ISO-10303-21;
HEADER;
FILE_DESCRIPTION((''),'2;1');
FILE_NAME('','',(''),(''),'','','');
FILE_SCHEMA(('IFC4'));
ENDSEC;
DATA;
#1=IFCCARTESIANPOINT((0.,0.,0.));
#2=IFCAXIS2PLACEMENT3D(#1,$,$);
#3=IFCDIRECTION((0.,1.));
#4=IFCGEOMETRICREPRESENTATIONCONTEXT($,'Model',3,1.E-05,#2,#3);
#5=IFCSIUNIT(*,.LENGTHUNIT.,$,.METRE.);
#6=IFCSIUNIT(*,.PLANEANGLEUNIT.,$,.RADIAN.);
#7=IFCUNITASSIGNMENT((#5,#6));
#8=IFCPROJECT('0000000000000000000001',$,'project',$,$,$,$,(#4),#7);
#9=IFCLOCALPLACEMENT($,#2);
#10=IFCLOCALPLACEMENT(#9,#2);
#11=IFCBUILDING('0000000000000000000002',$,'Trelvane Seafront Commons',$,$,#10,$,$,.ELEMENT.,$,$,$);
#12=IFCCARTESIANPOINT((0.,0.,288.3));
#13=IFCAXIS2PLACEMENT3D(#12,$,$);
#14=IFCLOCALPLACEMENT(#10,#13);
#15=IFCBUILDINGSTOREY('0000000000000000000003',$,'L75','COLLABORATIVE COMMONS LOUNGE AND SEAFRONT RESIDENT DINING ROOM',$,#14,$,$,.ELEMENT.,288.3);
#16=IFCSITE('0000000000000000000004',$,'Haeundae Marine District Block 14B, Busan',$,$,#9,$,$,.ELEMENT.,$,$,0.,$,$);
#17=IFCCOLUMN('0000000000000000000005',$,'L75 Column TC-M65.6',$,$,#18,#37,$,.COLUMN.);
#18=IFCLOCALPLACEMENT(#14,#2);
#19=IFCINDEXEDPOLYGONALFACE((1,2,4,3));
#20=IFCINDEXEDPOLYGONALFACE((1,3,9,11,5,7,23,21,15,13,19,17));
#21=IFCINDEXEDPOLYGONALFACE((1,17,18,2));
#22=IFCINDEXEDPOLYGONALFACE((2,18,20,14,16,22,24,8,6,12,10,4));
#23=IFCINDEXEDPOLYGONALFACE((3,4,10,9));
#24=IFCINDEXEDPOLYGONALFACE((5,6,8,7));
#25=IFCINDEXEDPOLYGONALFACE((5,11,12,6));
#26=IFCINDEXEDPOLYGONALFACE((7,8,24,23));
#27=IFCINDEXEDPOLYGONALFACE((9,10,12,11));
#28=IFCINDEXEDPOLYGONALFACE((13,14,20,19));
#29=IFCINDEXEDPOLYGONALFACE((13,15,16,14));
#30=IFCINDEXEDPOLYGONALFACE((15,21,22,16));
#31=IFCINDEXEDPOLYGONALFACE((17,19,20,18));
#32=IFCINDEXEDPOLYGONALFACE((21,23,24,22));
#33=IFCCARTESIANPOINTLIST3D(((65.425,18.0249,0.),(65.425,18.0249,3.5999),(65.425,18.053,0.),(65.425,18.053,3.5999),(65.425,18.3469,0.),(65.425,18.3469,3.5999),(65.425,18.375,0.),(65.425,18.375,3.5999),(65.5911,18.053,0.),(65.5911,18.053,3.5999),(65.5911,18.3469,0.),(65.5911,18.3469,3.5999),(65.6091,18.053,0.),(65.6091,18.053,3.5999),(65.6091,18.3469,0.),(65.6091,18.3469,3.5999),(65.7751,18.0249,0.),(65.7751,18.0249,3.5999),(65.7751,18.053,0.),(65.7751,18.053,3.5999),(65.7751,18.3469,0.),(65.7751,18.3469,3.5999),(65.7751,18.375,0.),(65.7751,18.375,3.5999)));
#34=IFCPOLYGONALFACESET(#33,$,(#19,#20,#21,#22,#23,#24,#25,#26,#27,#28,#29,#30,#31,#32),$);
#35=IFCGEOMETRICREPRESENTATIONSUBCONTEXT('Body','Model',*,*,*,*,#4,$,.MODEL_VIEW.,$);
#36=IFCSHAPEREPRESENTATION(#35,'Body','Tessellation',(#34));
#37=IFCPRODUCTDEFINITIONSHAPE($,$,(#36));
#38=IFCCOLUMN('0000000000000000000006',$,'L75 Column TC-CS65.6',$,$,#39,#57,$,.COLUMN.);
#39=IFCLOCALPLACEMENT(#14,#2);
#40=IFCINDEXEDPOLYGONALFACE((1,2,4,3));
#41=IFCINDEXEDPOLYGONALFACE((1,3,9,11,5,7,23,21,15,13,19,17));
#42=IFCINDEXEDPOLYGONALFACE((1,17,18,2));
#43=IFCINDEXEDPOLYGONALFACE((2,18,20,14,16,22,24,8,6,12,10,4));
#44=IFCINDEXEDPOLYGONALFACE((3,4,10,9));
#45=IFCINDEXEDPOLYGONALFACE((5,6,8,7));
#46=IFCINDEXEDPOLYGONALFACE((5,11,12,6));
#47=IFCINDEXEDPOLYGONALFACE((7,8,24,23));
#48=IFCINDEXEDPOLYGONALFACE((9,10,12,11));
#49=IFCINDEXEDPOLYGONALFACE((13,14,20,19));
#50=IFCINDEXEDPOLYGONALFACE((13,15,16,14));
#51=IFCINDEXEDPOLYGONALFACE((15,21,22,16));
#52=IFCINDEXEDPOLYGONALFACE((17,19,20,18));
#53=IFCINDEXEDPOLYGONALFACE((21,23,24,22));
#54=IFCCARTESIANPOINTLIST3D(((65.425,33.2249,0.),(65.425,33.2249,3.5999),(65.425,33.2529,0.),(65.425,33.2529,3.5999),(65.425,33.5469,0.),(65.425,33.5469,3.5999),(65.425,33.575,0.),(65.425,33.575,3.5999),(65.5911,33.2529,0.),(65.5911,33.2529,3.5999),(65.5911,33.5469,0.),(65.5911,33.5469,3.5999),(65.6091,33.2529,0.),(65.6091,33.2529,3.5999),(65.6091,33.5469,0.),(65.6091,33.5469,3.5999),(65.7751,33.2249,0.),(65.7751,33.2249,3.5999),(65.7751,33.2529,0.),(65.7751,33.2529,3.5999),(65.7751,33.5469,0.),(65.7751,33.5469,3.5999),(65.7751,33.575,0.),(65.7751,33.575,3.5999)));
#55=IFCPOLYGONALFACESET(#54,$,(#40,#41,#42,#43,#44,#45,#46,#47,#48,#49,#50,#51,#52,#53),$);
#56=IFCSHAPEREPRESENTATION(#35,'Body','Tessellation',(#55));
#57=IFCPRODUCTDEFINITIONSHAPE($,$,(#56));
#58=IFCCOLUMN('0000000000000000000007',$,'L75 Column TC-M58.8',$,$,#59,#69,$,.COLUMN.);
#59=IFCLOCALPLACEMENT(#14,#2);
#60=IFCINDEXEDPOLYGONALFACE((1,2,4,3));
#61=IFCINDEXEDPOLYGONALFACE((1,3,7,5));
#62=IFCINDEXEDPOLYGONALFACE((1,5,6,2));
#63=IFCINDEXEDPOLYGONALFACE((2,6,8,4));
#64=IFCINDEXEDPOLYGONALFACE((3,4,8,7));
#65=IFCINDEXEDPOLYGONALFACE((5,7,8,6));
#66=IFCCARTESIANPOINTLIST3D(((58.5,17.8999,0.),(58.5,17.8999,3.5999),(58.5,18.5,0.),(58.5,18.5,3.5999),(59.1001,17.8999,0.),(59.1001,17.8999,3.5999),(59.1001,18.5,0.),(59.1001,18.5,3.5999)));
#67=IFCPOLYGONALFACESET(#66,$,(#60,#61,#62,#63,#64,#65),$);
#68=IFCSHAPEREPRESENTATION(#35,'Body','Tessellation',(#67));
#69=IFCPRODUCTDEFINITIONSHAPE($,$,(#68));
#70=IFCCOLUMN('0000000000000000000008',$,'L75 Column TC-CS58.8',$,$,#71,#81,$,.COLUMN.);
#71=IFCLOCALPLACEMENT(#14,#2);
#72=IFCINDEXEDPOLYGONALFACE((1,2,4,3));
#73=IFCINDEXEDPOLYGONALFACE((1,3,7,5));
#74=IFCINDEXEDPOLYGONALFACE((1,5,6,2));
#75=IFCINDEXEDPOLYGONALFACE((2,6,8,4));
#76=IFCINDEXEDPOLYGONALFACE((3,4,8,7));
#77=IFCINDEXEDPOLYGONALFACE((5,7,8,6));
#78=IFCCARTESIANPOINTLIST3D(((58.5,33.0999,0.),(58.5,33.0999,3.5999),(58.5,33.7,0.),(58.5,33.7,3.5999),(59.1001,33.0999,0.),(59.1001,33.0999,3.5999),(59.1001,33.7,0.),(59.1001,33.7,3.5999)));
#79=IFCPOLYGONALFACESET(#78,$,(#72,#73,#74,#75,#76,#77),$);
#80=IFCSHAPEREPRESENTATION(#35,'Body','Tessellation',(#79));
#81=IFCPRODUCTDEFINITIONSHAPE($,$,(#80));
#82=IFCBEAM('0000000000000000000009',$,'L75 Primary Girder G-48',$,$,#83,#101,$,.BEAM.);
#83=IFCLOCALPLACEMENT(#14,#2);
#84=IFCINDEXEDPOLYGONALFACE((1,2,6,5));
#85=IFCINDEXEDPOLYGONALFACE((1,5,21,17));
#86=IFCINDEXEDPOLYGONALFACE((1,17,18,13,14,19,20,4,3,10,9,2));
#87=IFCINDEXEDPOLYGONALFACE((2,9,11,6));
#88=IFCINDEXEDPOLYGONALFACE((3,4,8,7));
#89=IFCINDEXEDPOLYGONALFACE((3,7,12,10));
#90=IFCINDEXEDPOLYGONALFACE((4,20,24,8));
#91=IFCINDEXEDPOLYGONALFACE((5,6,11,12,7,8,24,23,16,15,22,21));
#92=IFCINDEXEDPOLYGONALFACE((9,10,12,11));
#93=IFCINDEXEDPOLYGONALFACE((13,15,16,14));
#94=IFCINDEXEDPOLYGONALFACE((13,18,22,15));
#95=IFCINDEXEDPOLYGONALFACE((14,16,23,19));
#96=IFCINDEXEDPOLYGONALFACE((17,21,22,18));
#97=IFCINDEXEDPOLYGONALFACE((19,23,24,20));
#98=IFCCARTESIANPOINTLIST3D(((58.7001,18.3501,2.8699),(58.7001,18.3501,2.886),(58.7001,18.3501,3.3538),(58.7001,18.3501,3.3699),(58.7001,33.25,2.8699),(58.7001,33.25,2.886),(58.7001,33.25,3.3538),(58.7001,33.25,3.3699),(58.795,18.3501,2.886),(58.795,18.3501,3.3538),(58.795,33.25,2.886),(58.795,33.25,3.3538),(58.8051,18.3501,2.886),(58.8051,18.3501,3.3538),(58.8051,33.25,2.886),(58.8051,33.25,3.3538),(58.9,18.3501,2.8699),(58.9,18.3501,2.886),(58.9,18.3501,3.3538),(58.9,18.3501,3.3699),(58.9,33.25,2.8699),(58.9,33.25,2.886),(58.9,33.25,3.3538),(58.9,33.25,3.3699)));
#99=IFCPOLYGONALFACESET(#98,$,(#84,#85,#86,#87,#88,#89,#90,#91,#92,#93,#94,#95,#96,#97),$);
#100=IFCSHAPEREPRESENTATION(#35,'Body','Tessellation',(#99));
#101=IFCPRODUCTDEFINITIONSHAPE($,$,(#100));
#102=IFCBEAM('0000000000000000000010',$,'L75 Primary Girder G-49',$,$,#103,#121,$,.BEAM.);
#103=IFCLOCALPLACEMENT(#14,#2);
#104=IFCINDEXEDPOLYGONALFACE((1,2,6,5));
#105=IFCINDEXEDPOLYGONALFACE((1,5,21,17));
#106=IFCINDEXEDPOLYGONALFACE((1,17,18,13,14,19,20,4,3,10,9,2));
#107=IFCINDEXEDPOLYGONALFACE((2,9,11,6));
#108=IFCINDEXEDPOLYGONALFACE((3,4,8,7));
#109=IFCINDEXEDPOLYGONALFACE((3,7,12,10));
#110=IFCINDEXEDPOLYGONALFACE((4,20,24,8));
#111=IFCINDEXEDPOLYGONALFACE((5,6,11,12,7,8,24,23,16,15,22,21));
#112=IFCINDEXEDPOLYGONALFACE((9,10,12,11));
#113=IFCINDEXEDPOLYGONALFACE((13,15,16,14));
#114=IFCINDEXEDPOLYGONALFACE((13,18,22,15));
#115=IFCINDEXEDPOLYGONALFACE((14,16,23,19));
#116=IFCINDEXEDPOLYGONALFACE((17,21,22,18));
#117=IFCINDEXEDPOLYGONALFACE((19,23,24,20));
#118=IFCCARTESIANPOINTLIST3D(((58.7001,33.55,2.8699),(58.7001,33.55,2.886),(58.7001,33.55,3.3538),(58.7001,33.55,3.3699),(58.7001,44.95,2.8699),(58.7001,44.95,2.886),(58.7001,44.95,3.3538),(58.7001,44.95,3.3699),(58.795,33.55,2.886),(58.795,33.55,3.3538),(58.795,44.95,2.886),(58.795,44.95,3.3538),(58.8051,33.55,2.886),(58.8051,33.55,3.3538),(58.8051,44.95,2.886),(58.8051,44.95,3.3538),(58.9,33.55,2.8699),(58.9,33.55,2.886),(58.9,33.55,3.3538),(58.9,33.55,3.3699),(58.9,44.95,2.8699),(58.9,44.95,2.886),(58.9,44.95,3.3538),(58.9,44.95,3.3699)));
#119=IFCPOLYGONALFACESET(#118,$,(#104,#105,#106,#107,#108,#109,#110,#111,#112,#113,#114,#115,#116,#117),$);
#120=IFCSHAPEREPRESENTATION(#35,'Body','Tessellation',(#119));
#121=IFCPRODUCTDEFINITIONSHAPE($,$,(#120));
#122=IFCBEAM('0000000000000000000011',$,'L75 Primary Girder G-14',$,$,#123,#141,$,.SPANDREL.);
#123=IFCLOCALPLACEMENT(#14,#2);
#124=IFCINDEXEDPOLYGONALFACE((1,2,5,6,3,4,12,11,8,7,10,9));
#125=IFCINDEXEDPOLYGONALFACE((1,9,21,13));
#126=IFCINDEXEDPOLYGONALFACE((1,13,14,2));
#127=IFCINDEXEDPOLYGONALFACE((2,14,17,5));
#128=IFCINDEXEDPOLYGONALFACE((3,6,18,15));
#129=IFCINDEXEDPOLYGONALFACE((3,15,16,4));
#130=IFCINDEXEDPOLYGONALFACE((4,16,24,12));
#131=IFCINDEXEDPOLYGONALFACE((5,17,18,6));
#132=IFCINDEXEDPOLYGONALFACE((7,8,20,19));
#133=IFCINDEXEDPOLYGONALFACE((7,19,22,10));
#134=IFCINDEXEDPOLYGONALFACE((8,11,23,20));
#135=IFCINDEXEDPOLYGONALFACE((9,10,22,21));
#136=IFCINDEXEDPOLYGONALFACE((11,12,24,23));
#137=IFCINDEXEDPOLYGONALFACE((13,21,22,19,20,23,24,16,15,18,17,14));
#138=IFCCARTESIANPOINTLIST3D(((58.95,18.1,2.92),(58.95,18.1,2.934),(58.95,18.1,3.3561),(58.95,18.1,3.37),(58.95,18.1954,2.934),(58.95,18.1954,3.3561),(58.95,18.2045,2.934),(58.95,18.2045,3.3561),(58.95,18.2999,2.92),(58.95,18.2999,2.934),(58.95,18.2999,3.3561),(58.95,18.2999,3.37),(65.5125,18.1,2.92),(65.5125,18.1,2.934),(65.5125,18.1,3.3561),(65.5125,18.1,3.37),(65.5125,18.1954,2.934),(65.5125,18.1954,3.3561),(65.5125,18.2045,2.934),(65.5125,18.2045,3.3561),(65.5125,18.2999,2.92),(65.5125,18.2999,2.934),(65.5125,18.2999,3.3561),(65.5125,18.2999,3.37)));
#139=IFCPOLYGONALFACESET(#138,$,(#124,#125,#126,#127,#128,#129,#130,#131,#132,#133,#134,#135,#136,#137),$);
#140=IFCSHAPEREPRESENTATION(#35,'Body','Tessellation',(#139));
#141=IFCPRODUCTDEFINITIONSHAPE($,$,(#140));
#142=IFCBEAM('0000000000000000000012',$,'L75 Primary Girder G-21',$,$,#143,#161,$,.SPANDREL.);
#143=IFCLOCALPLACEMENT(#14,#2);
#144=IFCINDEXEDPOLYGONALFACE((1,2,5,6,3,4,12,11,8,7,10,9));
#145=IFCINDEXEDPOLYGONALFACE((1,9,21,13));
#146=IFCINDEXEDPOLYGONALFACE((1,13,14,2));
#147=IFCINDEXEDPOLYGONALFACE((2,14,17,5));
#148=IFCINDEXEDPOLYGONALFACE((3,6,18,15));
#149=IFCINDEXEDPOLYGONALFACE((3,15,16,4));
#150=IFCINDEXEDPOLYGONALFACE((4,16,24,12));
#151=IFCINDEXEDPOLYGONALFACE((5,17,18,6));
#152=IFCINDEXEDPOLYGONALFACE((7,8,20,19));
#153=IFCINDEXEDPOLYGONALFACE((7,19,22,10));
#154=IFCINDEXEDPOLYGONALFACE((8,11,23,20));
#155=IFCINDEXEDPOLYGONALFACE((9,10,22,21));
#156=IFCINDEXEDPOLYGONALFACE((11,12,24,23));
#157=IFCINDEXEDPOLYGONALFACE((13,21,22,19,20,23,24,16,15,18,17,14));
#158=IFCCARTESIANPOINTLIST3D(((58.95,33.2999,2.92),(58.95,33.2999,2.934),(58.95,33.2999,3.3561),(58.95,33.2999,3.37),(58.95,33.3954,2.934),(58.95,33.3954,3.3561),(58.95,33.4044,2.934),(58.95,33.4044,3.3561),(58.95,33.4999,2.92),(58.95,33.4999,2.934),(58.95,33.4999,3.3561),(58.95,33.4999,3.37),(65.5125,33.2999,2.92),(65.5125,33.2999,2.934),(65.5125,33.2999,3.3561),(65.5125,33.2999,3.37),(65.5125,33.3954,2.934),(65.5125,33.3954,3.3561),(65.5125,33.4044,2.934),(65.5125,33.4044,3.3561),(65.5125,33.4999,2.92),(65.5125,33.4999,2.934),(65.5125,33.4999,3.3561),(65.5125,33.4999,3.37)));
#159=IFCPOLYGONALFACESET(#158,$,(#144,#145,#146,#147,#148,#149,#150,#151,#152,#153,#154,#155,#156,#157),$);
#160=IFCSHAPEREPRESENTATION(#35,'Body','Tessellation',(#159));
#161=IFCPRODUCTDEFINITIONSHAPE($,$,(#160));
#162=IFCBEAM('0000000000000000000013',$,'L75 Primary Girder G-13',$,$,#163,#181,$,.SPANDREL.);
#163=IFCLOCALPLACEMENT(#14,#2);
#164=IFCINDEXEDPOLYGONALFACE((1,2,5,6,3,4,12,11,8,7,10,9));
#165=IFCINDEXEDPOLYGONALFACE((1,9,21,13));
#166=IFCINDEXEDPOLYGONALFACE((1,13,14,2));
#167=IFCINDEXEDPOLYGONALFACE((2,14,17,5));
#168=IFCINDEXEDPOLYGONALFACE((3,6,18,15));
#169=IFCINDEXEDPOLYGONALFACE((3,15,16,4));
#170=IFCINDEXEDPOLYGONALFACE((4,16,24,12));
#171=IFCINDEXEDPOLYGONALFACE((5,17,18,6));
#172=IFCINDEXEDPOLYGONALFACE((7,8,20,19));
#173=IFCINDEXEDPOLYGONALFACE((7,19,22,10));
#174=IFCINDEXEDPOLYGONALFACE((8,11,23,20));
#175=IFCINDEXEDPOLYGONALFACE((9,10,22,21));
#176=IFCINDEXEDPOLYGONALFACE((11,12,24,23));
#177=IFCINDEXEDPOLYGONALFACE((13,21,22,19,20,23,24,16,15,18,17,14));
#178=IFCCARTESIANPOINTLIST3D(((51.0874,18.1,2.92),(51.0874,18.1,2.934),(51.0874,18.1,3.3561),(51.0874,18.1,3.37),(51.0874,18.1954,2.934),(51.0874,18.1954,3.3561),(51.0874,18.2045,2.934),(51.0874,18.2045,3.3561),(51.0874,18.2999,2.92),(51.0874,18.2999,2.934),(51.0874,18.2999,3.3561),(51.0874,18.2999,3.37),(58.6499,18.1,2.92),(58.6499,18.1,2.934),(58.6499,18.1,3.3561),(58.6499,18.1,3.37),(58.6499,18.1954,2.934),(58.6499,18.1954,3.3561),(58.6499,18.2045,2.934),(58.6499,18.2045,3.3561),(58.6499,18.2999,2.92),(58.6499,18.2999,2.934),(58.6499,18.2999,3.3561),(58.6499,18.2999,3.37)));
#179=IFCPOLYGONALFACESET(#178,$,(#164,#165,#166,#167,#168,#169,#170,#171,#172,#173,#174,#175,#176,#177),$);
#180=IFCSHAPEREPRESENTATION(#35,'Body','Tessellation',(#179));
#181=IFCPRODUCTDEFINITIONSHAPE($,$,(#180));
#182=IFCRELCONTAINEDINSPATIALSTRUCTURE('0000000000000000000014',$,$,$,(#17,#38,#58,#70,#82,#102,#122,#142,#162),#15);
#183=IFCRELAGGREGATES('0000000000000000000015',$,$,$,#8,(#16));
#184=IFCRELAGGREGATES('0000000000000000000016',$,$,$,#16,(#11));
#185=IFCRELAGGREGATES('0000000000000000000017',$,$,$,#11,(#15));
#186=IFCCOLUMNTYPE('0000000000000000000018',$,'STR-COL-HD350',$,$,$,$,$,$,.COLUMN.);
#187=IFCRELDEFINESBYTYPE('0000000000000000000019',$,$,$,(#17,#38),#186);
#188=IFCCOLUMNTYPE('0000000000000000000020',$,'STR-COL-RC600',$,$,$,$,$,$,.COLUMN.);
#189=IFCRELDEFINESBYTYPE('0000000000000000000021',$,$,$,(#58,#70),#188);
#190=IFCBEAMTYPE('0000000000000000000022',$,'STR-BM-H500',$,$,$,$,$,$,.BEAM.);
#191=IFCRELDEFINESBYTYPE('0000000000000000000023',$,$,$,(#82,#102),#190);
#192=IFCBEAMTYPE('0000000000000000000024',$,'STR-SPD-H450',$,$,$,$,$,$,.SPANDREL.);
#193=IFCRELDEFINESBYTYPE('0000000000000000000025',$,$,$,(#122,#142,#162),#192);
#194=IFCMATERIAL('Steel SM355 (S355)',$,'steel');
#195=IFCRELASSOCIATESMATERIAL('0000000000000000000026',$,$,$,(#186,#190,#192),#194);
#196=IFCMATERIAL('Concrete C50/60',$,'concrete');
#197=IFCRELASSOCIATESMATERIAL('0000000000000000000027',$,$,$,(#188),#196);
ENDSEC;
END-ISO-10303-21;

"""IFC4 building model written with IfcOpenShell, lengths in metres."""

from ifc_helpers import new_model, si_unit, direction, frame, origin, origin_2d, place, context, subcontext, project, spatial, rectangle, i_section, extrude, source, transform, mapped, material, material_profile, profile_set, type_object, element, save


model = new_model("IFC4")

# Units and contexts
model_context = context("Model", 3, precision=1e-05, world=origin(), true_north=direction((0.0, 1.0)))
body_context = subcontext(model_context, "Body", "Model", "MODEL_VIEW")
ifc_project = project(units=[si_unit("LENGTHUNIT", "METRE"), si_unit("PLANEANGLEUNIT", "RADIAN")], contexts=[model_context])

# Site, building, storey
site_placement = place(None, origin())
site = spatial("IfcSite", under=ifc_project, at=site_placement, Name="Haeundae Marine District Block 14B, Busan", CompositionType="ELEMENT", RefElevation=0.0)
building_placement = place(site_placement, origin())
building = spatial("IfcBuilding", under=site, at=building_placement, Name="Trelvane Seafront Commons", CompositionType="ELEMENT")
storey_placement = place(building_placement, frame((0.0, 0.0, 288.3)))
storey = spatial("IfcBuildingStorey", under=building, at=storey_placement, Name="L75", Description="COLLABORATIVE COMMONS LOUNGE AND SEAFRONT RESIDENT DINING ROOM", CompositionType="ELEMENT", Elevation=288.3)

# Columns
ifc_material_1 = material(Name="Steel SM355 (S355)", Category="steel")
ifc_material_profile_1 = material_profile(ifc_material_1, i_section(OverallWidth=0.3501, OverallDepth=0.3501, WebThickness=0.0181, FlangeThickness=0.0281, at=origin_2d()), Name="HD-350x350x18x28")
ifc_profile_set_1 = profile_set([ifc_material_profile_1], Name="Steel SM355 (S355)")
column_type_1 = type_object("IfcColumnType", Name="STR-COL-HD350", PredefinedType="COLUMN", material=ifc_profile_set_1)
shared_shape_1 = source(origin(), body_context, "Body", "SweptSolid", [
    extrude(i_section(OverallWidth=0.3501, OverallDepth=0.3501, WebThickness=0.0181, FlangeThickness=0.0281, at=origin_2d()), origin(), (0.0, 0.0, 1.0), 3.5999),
])
for number, where, z_axis, x_axis, name in (
    (1, (65.6001, 18.2, 0.0), (0.0, 0.0, 1.0), (1.0, 0.0, 0.0), "L75 Column TC-M65.6"),
    (2, (65.6001, 33.3999, 0.0), (0.0, 0.0, 1.0), (1.0, 0.0, 0.0), "L75 Column TC-CS65.6"),
):
    element("IfcColumn", number, at=place(storey_placement, frame(where, z_axis=z_axis, x_axis=x_axis)), inside=storey, type_object=column_type_1, Name=name, PredefinedType="COLUMN", context=body_context, shape_type="MappedRepresentation", body=[
        mapped(shared_shape_1, transform((0.0, 0.0, 0.0), x_axis=(1.0, 0.0, 0.0), y_axis=(0.0, 1.0, 0.0), z_axis=(0.0, 0.0, 1.0), scale=1.0)),
    ])
ifc_material_2 = material(Name="Concrete C50/60", Category="concrete")
ifc_material_profile_2 = material_profile(ifc_material_2, rectangle(XDim=0.6001, YDim=0.6001, at=origin_2d()), Name="RC-600x600")
ifc_profile_set_2 = profile_set([ifc_material_profile_2], Name="Concrete C50/60")
column_type_2 = type_object("IfcColumnType", Name="STR-COL-RC600", PredefinedType="COLUMN", material=ifc_profile_set_2)
shared_shape_2 = source(origin(), body_context, "Body", "SweptSolid", [
    extrude(rectangle(XDim=0.6001, YDim=0.6001, at=origin_2d()), origin(), (0.0, 0.0, 1.0), 3.5999),
])
for number, where, z_axis, x_axis, name in (
    (3, (58.8, 18.2, 0.0), (0.0, 0.0, 1.0), (1.0, 0.0, 0.0), "L75 Column TC-M58.8"),
    (4, (58.8, 33.3999, 0.0), (0.0, 0.0, 1.0), (1.0, 0.0, 0.0), "L75 Column TC-CS58.8"),
):
    element("IfcColumn", number, at=place(storey_placement, frame(where, z_axis=z_axis, x_axis=x_axis)), inside=storey, type_object=column_type_2, Name=name, PredefinedType="COLUMN", context=body_context, shape_type="MappedRepresentation", body=[
        mapped(shared_shape_2, transform((0.0, 0.0, 0.0), x_axis=(1.0, 0.0, 0.0), y_axis=(0.0, 1.0, 0.0), z_axis=(0.0, 0.0, 1.0), scale=1.0)),
    ])

# Beams
ifc_material_profile_3 = material_profile(ifc_material_1, i_section(OverallWidth=0.2, OverallDepth=0.5, WebThickness=0.01, FlangeThickness=0.0161, at=origin_2d()), Name="H-500x200x10x16")
ifc_profile_set_3 = profile_set([ifc_material_profile_3], Name="Steel SM355 (S355)")
beam_type_1 = type_object("IfcBeamType", Name="STR-BM-H500", PredefinedType="BEAM", material=ifc_profile_set_3)
shared_shape_3 = source(origin(), body_context, "Body", "SweptSolid", [
    extrude(i_section(OverallWidth=0.2, OverallDepth=0.5, WebThickness=0.01, FlangeThickness=0.0161, at=origin_2d()), origin(), (0.0, 0.0, 1.0), 14.8999),
])
beam_1_placement = place(storey_placement, frame((58.8, 18.3501, 3.1199), z_axis=(0.0, 1.0, 0.0), x_axis=(-1.0, 0.0, 0.0)))
element("IfcBeam", 5, at=beam_1_placement, inside=storey, type_object=beam_type_1, Name="L75 Primary Girder G-48", PredefinedType="BEAM", context=body_context, shape_type="MappedRepresentation", body=[
    mapped(shared_shape_3, transform((0.0, 0.0, 0.0), x_axis=(1.0, 0.0, 0.0), y_axis=(0.0, 1.0, 0.0), z_axis=(0.0, 0.0, 1.0), scale=1.0)),
])
shared_shape_4 = source(origin(), body_context, "Body", "SweptSolid", [
    extrude(i_section(OverallWidth=0.2, OverallDepth=0.5, WebThickness=0.01, FlangeThickness=0.0161, at=origin_2d()), origin(), (0.0, 0.0, 1.0), 11.3999),
])
beam_2_placement = place(storey_placement, frame((58.8, 33.55, 3.1199), z_axis=(0.0, 1.0, 0.0), x_axis=(-1.0, 0.0, 0.0)))
element("IfcBeam", 6, at=beam_2_placement, inside=storey, type_object=beam_type_1, Name="L75 Primary Girder G-49", PredefinedType="BEAM", context=body_context, shape_type="MappedRepresentation", body=[
    mapped(shared_shape_4, transform((0.0, 0.0, 0.0), x_axis=(1.0, 0.0, 0.0), y_axis=(0.0, 1.0, 0.0), z_axis=(0.0, 0.0, 1.0), scale=1.0)),
])
ifc_material_profile_4 = material_profile(ifc_material_1, i_section(OverallWidth=0.2, OverallDepth=0.45, WebThickness=0.009, FlangeThickness=0.0139, at=origin_2d()), Name="H-450x200x9x14")
ifc_profile_set_4 = profile_set([ifc_material_profile_4], Name="Steel SM355 (S355)")
beam_type_2 = type_object("IfcBeamType", Name="STR-SPD-H450", PredefinedType="SPANDREL", material=ifc_profile_set_4)
shared_shape_5 = source(origin(), body_context, "Body", "SweptSolid", [
    extrude(i_section(OverallWidth=0.2, OverallDepth=0.45, WebThickness=0.009, FlangeThickness=0.0139, at=origin_2d()), origin(), (0.0, 0.0, 1.0), 6.5625),
])
for number, where, z_axis, x_axis, name in (
    (7, (58.95, 18.2, 3.145), (1.0, 0.0, 0.0), (0.0, 1.0, 0.0), "L75 Primary Girder G-14"),
    (8, (58.95, 33.3999, 3.145), (1.0, 0.0, 0.0), (0.0, 1.0, 0.0), "L75 Primary Girder G-21"),
):
    element("IfcBeam", number, at=place(storey_placement, frame(where, z_axis=z_axis, x_axis=x_axis)), inside=storey, type_object=beam_type_2, Name=name, PredefinedType="SPANDREL", context=body_context, shape_type="MappedRepresentation", body=[
        mapped(shared_shape_5, transform((0.0, 0.0, 0.0), x_axis=(1.0, 0.0, 0.0), y_axis=(0.0, 1.0, 0.0), z_axis=(0.0, 0.0, 1.0), scale=1.0)),
    ])
shared_shape_6 = source(origin(), body_context, "Body", "SweptSolid", [
    extrude(i_section(OverallWidth=0.2, OverallDepth=0.45, WebThickness=0.009, FlangeThickness=0.0139, at=origin_2d()), origin(), (0.0, 0.0, 1.0), 7.5625),
])
beam_3_placement = place(storey_placement, frame((51.0874, 18.2, 3.145), z_axis=(1.0, 0.0, 0.0), x_axis=(0.0, 1.0, 0.0)))
element("IfcBeam", 9, at=beam_3_placement, inside=storey, type_object=beam_type_2, Name="L75 Primary Girder G-13", PredefinedType="SPANDREL", context=body_context, shape_type="MappedRepresentation", body=[
    mapped(shared_shape_6, transform((0.0, 0.0, 0.0), x_axis=(1.0, 0.0, 0.0), y_axis=(0.0, 1.0, 0.0), z_axis=(0.0, 0.0, 1.0), scale=1.0)),
])

save(model, "model.ifc")
